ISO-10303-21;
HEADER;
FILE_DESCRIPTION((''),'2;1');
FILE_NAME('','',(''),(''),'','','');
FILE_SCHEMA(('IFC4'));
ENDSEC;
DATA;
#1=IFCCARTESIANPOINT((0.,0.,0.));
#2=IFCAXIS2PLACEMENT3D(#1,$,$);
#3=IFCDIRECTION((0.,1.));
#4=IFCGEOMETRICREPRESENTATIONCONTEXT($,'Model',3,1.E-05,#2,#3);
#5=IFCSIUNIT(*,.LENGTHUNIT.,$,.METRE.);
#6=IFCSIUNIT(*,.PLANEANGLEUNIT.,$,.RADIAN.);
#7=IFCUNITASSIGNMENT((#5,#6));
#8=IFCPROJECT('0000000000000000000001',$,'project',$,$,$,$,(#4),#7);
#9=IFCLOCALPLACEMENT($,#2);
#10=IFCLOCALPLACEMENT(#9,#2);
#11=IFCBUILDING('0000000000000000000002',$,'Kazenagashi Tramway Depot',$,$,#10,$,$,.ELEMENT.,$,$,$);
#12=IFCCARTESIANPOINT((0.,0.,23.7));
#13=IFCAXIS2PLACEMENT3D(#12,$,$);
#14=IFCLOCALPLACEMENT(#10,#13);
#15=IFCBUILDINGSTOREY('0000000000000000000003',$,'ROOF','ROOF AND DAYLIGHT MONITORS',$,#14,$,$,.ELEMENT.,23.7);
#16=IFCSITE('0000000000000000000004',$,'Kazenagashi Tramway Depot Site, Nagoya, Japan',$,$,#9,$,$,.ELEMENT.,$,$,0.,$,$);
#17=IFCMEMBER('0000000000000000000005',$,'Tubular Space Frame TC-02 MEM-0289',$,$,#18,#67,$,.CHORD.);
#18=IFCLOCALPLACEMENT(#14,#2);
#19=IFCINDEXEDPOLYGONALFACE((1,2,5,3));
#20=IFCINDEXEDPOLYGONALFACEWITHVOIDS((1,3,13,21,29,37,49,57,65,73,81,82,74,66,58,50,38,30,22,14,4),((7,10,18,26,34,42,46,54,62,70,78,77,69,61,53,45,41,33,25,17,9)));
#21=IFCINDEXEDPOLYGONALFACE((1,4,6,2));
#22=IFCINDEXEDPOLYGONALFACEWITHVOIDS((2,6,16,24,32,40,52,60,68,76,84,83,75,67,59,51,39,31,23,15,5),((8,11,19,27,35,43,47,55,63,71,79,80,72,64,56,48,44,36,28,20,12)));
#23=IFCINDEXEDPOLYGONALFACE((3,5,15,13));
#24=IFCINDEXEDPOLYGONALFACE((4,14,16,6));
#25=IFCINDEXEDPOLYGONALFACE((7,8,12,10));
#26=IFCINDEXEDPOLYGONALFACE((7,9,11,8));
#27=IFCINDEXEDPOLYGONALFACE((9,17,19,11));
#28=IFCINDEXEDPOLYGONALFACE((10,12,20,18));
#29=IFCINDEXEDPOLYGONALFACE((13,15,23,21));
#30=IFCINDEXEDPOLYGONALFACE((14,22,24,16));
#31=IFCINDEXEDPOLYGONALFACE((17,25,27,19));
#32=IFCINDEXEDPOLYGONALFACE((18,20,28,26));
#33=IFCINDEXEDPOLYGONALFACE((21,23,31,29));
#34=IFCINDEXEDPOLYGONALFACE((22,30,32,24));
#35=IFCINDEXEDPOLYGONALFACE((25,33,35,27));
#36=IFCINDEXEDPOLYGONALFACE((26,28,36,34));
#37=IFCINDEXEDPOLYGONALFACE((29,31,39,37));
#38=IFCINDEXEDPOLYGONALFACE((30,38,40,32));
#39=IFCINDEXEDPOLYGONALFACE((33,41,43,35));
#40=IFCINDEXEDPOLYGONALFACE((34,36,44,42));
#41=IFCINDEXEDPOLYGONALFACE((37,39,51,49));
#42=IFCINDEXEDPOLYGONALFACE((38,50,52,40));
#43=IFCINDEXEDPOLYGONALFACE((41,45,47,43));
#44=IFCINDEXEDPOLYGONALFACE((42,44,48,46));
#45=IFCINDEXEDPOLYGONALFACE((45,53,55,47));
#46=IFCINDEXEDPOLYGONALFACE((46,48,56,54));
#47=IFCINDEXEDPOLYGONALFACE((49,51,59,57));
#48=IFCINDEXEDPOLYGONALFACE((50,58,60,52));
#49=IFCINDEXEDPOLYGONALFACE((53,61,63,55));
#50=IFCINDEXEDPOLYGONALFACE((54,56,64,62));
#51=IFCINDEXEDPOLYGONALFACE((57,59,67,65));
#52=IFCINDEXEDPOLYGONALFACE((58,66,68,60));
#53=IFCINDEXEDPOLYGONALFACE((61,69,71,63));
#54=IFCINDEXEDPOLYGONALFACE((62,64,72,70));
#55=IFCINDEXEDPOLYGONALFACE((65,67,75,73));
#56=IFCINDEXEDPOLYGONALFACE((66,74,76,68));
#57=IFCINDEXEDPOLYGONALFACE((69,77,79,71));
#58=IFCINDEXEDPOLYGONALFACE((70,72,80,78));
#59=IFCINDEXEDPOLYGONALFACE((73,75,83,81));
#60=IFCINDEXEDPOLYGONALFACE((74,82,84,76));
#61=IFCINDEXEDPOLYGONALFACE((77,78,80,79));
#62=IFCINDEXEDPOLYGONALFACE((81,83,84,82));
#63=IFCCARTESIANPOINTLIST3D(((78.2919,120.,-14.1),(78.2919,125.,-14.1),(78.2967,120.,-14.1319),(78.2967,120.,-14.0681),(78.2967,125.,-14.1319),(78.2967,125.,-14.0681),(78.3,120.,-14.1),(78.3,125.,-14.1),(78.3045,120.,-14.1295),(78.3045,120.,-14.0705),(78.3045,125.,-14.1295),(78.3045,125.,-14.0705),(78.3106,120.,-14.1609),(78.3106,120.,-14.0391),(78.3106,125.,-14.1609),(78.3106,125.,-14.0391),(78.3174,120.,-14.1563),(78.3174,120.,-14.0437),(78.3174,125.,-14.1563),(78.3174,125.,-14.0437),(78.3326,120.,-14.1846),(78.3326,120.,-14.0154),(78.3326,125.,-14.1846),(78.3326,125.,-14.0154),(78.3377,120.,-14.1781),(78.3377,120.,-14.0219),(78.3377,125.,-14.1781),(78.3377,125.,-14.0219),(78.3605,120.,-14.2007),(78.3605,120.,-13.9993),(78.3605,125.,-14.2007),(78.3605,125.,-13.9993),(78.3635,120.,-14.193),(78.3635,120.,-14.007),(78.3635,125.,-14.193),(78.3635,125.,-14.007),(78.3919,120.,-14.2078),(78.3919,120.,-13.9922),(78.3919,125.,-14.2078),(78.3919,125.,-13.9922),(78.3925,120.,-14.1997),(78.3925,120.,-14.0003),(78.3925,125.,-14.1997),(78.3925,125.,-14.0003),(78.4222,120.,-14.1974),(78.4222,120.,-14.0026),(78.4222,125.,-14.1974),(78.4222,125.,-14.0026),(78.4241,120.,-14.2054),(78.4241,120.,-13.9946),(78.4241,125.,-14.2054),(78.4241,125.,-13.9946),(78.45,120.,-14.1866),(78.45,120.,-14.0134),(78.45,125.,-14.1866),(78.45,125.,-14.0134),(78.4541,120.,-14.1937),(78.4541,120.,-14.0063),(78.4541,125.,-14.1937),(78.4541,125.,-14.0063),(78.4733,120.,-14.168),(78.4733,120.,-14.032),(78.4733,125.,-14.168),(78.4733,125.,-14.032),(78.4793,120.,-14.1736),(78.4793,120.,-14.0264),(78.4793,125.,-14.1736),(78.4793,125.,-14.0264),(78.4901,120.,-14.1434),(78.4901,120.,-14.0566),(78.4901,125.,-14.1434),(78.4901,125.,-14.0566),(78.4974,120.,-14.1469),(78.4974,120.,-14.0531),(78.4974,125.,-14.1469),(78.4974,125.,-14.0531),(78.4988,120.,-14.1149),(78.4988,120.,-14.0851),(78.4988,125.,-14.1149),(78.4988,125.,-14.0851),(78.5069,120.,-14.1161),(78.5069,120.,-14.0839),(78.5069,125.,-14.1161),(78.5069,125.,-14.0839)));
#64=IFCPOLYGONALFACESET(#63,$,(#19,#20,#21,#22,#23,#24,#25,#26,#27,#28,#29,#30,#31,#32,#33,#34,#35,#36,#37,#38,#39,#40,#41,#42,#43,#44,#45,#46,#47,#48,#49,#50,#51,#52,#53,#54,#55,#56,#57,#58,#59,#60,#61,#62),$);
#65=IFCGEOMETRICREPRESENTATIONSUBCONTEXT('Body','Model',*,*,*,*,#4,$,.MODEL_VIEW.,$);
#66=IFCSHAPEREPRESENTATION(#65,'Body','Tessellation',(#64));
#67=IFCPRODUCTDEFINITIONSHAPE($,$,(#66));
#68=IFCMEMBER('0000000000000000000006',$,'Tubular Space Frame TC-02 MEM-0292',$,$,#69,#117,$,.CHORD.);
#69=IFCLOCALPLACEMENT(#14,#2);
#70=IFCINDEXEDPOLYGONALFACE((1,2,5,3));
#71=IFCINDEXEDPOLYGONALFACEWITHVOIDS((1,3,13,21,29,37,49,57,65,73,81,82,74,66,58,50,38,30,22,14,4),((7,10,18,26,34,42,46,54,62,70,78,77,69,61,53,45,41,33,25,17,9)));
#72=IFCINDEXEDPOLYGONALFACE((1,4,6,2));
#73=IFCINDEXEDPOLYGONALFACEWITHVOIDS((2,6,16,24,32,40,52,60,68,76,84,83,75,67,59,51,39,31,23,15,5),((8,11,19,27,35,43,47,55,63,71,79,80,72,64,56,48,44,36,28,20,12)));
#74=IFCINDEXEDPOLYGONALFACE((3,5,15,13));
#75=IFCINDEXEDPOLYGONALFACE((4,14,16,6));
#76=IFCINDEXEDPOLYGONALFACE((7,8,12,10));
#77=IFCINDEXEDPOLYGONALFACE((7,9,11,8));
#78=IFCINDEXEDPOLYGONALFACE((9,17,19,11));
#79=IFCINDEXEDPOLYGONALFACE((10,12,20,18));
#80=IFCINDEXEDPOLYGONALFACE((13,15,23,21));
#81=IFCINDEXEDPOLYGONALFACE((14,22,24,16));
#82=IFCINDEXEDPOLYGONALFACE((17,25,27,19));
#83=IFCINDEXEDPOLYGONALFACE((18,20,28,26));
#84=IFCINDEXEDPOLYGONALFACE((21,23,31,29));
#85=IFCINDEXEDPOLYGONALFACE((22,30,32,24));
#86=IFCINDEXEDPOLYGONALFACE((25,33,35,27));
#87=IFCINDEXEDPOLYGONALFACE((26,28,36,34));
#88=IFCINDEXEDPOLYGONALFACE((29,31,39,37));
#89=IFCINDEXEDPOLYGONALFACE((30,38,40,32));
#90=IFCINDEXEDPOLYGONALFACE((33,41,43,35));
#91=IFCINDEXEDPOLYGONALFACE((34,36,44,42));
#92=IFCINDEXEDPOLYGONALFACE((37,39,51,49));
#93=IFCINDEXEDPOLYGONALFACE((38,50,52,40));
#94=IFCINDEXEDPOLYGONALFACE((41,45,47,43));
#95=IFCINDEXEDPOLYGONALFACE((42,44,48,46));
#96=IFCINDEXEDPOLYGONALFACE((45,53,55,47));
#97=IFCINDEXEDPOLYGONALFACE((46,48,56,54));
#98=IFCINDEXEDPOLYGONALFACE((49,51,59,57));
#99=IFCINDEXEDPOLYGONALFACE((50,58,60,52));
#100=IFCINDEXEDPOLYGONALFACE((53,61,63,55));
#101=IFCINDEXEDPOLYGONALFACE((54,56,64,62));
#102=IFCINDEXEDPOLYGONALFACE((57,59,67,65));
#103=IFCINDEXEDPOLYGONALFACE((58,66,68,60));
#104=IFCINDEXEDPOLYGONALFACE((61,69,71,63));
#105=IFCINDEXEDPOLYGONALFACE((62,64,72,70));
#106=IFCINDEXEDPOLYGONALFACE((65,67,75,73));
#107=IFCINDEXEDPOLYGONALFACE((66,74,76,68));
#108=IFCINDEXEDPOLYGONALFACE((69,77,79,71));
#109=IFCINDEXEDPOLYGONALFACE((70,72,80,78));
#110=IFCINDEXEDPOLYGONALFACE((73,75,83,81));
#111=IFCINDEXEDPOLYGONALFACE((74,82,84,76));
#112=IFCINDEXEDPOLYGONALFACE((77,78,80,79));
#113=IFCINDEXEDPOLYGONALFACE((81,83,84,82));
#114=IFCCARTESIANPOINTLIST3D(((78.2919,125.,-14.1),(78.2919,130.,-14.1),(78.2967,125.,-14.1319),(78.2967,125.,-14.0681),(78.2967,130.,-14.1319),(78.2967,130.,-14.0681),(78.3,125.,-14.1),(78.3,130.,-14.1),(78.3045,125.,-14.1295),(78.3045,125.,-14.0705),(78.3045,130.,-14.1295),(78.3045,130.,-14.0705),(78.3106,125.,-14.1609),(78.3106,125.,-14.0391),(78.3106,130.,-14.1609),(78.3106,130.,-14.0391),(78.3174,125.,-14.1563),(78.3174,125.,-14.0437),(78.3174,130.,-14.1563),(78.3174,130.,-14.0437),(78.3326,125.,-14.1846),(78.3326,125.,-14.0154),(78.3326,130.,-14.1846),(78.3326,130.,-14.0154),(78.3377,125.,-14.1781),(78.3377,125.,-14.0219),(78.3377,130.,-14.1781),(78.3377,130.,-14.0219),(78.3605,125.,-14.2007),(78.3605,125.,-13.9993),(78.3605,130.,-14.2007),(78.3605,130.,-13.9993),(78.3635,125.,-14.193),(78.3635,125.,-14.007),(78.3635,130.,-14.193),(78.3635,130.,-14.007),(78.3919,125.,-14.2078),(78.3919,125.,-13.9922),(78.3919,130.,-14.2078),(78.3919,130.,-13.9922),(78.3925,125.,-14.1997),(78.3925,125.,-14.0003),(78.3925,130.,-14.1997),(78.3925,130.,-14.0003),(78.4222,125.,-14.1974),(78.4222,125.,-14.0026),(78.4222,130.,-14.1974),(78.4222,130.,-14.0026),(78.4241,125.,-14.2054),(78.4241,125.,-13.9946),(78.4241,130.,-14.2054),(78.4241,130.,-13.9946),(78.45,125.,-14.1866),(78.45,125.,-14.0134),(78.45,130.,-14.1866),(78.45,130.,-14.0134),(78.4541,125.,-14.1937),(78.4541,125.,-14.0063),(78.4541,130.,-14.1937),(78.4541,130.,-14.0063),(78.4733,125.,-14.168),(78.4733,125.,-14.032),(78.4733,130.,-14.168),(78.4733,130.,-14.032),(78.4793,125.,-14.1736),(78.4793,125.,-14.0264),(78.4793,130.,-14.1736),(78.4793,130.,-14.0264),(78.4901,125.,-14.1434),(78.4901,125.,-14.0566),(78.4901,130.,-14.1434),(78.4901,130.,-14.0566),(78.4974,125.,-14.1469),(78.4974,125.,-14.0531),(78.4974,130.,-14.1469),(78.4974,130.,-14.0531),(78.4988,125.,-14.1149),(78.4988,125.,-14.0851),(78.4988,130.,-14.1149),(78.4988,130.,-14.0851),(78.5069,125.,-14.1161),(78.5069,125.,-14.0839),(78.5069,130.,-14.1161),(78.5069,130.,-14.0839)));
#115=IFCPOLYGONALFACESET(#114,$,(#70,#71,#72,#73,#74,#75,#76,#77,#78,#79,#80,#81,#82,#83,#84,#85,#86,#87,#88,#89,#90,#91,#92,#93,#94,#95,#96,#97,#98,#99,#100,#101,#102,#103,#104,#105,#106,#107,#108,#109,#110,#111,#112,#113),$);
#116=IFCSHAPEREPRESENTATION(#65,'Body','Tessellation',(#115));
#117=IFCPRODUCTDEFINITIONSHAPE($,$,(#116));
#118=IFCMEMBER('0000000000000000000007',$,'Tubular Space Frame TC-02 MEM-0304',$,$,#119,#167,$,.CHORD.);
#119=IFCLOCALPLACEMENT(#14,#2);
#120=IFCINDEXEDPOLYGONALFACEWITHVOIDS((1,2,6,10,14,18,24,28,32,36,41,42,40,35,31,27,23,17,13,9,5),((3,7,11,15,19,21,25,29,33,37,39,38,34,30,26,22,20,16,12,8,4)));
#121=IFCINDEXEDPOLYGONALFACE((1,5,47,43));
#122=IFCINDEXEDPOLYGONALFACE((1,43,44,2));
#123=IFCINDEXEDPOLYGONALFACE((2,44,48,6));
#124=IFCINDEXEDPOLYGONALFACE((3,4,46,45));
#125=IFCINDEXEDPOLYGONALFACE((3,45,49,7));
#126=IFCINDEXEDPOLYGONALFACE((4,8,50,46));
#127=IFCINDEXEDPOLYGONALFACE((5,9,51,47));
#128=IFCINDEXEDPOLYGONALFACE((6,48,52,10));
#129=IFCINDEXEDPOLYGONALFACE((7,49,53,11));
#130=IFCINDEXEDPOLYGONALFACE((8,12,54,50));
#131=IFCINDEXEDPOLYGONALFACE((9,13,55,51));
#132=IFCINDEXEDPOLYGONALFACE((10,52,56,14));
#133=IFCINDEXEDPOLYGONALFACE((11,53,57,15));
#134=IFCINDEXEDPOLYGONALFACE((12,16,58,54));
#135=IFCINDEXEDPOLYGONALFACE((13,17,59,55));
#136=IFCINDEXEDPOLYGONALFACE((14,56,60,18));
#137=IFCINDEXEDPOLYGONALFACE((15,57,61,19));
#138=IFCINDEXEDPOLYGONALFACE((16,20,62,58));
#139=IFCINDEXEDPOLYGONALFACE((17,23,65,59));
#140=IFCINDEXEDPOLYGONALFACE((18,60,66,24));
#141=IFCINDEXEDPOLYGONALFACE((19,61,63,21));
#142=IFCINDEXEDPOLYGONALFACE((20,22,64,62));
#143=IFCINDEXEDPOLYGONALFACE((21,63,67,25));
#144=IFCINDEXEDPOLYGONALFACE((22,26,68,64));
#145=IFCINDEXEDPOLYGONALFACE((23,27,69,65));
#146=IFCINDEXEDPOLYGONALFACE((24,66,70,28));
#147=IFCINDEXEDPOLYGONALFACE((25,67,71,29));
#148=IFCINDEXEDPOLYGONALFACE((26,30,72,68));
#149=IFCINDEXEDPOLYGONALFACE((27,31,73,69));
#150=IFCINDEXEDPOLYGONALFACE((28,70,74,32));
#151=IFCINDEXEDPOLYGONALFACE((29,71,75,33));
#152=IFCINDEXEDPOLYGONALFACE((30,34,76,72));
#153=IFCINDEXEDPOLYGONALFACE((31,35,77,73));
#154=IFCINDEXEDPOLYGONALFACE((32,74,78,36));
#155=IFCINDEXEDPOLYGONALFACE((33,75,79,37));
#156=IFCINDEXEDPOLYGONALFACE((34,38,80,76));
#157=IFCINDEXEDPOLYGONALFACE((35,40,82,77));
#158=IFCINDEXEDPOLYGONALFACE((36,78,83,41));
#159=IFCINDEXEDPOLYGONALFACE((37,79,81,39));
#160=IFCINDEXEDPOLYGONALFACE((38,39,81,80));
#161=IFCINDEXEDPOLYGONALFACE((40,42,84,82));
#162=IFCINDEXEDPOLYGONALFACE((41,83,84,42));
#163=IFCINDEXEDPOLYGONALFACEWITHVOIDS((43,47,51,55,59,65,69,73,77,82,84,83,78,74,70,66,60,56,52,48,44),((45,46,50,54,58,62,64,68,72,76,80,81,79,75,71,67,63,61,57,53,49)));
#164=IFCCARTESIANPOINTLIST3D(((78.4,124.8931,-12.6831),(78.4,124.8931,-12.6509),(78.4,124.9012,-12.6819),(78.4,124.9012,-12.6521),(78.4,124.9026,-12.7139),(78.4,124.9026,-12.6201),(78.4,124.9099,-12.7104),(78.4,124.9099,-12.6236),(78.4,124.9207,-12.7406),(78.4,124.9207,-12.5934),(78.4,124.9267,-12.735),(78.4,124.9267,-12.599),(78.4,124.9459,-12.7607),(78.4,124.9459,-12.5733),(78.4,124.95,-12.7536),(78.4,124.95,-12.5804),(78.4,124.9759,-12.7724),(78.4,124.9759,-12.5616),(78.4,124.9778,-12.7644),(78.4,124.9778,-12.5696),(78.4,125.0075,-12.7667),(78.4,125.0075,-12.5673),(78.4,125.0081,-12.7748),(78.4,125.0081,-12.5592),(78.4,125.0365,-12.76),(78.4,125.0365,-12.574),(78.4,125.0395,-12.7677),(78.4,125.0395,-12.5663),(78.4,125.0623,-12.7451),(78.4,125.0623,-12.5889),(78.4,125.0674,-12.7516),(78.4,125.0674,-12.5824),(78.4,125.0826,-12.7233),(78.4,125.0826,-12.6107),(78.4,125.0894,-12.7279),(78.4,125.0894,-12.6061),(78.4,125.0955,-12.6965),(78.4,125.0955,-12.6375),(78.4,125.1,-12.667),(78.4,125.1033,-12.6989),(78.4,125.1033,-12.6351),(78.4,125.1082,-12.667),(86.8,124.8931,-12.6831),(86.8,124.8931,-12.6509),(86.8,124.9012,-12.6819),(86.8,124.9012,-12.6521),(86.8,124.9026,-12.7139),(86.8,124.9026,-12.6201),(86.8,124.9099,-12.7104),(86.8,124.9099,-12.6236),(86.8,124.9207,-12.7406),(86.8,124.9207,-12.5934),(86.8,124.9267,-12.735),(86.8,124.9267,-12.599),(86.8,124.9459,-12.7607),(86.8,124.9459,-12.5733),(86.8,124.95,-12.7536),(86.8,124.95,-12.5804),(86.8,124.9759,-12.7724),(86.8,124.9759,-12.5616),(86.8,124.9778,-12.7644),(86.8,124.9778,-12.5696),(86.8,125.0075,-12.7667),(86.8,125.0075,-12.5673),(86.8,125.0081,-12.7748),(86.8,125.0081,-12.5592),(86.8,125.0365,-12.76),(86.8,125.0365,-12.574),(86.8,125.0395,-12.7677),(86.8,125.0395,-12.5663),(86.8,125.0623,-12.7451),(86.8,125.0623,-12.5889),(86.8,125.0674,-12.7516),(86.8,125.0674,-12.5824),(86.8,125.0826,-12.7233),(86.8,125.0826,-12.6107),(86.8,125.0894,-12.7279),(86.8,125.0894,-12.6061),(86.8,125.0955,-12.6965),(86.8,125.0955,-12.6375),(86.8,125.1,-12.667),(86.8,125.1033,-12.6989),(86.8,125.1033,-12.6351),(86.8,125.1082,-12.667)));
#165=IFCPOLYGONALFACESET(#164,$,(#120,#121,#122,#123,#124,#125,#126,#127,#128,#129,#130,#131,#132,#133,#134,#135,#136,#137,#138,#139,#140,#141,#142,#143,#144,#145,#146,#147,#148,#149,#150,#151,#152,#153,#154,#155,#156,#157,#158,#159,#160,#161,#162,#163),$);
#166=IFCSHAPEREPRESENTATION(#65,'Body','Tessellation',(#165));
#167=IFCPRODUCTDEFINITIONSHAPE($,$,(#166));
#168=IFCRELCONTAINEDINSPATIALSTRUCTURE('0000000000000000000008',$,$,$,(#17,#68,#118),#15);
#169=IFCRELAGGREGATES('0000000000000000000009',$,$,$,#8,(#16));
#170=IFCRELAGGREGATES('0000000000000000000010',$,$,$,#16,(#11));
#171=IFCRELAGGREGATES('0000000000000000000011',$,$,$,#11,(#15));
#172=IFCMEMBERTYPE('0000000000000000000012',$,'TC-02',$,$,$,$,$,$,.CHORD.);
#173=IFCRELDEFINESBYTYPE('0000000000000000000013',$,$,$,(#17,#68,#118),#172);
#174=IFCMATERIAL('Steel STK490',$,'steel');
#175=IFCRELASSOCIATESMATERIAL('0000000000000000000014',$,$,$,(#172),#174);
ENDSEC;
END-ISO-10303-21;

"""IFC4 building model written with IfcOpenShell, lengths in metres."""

from ifc_helpers import new_model, si_unit, direction, frame, origin, origin_2d, place, context, subcontext, project, spatial, hollow_circle, extrude, material, material_profile, profile_set, type_object, element, save


model = new_model("IFC4")

# Units and contexts
model_context = context("Model", 3, precision=1e-05, world=origin(), true_north=direction((0.0, 1.0)))
body_context = subcontext(model_context, "Body", "Model", "MODEL_VIEW")
ifc_project = project(units=[si_unit("LENGTHUNIT", "METRE"), si_unit("PLANEANGLEUNIT", "RADIAN")], contexts=[model_context])

# Site, building, storey
site_placement = place(None, origin())
site = spatial("IfcSite", under=ifc_project, at=site_placement, Name="Kazenagashi Tramway Depot Site, Nagoya, Japan", CompositionType="ELEMENT", RefElevation=0.0)
building_placement = place(site_placement, origin())
building = spatial("IfcBuilding", under=site, at=building_placement, Name="Kazenagashi Tramway Depot", CompositionType="ELEMENT")
storey_placement = place(building_placement, frame((0.0, 0.0, 23.7)))
storey = spatial("IfcBuildingStorey", under=building, at=storey_placement, Name="ROOF", Description="ROOF AND DAYLIGHT MONITORS", CompositionType="ELEMENT", Elevation=23.7)

# Members
ifc_material_1 = material(Name="Steel STK490", Category="steel")
ifc_material_profile_1 = material_profile(ifc_material_1, hollow_circle(Radius=0.1081, WallThickness=0.0082, at=origin_2d()), Name="CHS-216.3x8.2")
ifc_profile_set_1 = profile_set([ifc_material_profile_1], Name="Steel STK490")
member_type_1 = type_object("IfcMemberType", Name="TC-02", PredefinedType="CHORD", material=ifc_profile_set_1)
for number, where, z_axis, x_axis, name in (
    (1, (78.4, 120.0, -14.1), (0.0, 1.0, 0.0), (-1.0, 0.0, 0.0), "Tubular Space Frame TC-02 MEM-0289"),
    (2, (78.4, 125.0, -14.1), (0.0, 1.0, 0.0), (-1.0, 0.0, 0.0), "Tubular Space Frame TC-02 MEM-0292"),
):
    element("IfcMember", number, at=place(storey_placement, frame(where, z_axis=z_axis, x_axis=x_axis)), inside=storey, type_object=member_type_1, Name=name, PredefinedType="CHORD", context=body_context, shape_type="SweptSolid", body=[
        extrude(hollow_circle(Radius=0.1081, WallThickness=0.0082, at=origin_2d()), origin(), (0.0, 0.0, 1.0), 5.0),
    ])
member_1_placement = place(storey_placement, frame((78.4, 125.0, -12.667), z_axis=(1.0, 0.0, 0.0), x_axis=(0.0, 1.0, 0.0)))
element("IfcMember", 3, at=member_1_placement, inside=storey, type_object=member_type_1, Name="Tubular Space Frame TC-02 MEM-0304", PredefinedType="CHORD", context=body_context, shape_type="SweptSolid", body=[
    extrude(hollow_circle(Radius=0.1081, WallThickness=0.0082, at=origin_2d()), origin(), (0.0, 0.0, 1.0), 8.4),
])

save(model, "model.ifc")
